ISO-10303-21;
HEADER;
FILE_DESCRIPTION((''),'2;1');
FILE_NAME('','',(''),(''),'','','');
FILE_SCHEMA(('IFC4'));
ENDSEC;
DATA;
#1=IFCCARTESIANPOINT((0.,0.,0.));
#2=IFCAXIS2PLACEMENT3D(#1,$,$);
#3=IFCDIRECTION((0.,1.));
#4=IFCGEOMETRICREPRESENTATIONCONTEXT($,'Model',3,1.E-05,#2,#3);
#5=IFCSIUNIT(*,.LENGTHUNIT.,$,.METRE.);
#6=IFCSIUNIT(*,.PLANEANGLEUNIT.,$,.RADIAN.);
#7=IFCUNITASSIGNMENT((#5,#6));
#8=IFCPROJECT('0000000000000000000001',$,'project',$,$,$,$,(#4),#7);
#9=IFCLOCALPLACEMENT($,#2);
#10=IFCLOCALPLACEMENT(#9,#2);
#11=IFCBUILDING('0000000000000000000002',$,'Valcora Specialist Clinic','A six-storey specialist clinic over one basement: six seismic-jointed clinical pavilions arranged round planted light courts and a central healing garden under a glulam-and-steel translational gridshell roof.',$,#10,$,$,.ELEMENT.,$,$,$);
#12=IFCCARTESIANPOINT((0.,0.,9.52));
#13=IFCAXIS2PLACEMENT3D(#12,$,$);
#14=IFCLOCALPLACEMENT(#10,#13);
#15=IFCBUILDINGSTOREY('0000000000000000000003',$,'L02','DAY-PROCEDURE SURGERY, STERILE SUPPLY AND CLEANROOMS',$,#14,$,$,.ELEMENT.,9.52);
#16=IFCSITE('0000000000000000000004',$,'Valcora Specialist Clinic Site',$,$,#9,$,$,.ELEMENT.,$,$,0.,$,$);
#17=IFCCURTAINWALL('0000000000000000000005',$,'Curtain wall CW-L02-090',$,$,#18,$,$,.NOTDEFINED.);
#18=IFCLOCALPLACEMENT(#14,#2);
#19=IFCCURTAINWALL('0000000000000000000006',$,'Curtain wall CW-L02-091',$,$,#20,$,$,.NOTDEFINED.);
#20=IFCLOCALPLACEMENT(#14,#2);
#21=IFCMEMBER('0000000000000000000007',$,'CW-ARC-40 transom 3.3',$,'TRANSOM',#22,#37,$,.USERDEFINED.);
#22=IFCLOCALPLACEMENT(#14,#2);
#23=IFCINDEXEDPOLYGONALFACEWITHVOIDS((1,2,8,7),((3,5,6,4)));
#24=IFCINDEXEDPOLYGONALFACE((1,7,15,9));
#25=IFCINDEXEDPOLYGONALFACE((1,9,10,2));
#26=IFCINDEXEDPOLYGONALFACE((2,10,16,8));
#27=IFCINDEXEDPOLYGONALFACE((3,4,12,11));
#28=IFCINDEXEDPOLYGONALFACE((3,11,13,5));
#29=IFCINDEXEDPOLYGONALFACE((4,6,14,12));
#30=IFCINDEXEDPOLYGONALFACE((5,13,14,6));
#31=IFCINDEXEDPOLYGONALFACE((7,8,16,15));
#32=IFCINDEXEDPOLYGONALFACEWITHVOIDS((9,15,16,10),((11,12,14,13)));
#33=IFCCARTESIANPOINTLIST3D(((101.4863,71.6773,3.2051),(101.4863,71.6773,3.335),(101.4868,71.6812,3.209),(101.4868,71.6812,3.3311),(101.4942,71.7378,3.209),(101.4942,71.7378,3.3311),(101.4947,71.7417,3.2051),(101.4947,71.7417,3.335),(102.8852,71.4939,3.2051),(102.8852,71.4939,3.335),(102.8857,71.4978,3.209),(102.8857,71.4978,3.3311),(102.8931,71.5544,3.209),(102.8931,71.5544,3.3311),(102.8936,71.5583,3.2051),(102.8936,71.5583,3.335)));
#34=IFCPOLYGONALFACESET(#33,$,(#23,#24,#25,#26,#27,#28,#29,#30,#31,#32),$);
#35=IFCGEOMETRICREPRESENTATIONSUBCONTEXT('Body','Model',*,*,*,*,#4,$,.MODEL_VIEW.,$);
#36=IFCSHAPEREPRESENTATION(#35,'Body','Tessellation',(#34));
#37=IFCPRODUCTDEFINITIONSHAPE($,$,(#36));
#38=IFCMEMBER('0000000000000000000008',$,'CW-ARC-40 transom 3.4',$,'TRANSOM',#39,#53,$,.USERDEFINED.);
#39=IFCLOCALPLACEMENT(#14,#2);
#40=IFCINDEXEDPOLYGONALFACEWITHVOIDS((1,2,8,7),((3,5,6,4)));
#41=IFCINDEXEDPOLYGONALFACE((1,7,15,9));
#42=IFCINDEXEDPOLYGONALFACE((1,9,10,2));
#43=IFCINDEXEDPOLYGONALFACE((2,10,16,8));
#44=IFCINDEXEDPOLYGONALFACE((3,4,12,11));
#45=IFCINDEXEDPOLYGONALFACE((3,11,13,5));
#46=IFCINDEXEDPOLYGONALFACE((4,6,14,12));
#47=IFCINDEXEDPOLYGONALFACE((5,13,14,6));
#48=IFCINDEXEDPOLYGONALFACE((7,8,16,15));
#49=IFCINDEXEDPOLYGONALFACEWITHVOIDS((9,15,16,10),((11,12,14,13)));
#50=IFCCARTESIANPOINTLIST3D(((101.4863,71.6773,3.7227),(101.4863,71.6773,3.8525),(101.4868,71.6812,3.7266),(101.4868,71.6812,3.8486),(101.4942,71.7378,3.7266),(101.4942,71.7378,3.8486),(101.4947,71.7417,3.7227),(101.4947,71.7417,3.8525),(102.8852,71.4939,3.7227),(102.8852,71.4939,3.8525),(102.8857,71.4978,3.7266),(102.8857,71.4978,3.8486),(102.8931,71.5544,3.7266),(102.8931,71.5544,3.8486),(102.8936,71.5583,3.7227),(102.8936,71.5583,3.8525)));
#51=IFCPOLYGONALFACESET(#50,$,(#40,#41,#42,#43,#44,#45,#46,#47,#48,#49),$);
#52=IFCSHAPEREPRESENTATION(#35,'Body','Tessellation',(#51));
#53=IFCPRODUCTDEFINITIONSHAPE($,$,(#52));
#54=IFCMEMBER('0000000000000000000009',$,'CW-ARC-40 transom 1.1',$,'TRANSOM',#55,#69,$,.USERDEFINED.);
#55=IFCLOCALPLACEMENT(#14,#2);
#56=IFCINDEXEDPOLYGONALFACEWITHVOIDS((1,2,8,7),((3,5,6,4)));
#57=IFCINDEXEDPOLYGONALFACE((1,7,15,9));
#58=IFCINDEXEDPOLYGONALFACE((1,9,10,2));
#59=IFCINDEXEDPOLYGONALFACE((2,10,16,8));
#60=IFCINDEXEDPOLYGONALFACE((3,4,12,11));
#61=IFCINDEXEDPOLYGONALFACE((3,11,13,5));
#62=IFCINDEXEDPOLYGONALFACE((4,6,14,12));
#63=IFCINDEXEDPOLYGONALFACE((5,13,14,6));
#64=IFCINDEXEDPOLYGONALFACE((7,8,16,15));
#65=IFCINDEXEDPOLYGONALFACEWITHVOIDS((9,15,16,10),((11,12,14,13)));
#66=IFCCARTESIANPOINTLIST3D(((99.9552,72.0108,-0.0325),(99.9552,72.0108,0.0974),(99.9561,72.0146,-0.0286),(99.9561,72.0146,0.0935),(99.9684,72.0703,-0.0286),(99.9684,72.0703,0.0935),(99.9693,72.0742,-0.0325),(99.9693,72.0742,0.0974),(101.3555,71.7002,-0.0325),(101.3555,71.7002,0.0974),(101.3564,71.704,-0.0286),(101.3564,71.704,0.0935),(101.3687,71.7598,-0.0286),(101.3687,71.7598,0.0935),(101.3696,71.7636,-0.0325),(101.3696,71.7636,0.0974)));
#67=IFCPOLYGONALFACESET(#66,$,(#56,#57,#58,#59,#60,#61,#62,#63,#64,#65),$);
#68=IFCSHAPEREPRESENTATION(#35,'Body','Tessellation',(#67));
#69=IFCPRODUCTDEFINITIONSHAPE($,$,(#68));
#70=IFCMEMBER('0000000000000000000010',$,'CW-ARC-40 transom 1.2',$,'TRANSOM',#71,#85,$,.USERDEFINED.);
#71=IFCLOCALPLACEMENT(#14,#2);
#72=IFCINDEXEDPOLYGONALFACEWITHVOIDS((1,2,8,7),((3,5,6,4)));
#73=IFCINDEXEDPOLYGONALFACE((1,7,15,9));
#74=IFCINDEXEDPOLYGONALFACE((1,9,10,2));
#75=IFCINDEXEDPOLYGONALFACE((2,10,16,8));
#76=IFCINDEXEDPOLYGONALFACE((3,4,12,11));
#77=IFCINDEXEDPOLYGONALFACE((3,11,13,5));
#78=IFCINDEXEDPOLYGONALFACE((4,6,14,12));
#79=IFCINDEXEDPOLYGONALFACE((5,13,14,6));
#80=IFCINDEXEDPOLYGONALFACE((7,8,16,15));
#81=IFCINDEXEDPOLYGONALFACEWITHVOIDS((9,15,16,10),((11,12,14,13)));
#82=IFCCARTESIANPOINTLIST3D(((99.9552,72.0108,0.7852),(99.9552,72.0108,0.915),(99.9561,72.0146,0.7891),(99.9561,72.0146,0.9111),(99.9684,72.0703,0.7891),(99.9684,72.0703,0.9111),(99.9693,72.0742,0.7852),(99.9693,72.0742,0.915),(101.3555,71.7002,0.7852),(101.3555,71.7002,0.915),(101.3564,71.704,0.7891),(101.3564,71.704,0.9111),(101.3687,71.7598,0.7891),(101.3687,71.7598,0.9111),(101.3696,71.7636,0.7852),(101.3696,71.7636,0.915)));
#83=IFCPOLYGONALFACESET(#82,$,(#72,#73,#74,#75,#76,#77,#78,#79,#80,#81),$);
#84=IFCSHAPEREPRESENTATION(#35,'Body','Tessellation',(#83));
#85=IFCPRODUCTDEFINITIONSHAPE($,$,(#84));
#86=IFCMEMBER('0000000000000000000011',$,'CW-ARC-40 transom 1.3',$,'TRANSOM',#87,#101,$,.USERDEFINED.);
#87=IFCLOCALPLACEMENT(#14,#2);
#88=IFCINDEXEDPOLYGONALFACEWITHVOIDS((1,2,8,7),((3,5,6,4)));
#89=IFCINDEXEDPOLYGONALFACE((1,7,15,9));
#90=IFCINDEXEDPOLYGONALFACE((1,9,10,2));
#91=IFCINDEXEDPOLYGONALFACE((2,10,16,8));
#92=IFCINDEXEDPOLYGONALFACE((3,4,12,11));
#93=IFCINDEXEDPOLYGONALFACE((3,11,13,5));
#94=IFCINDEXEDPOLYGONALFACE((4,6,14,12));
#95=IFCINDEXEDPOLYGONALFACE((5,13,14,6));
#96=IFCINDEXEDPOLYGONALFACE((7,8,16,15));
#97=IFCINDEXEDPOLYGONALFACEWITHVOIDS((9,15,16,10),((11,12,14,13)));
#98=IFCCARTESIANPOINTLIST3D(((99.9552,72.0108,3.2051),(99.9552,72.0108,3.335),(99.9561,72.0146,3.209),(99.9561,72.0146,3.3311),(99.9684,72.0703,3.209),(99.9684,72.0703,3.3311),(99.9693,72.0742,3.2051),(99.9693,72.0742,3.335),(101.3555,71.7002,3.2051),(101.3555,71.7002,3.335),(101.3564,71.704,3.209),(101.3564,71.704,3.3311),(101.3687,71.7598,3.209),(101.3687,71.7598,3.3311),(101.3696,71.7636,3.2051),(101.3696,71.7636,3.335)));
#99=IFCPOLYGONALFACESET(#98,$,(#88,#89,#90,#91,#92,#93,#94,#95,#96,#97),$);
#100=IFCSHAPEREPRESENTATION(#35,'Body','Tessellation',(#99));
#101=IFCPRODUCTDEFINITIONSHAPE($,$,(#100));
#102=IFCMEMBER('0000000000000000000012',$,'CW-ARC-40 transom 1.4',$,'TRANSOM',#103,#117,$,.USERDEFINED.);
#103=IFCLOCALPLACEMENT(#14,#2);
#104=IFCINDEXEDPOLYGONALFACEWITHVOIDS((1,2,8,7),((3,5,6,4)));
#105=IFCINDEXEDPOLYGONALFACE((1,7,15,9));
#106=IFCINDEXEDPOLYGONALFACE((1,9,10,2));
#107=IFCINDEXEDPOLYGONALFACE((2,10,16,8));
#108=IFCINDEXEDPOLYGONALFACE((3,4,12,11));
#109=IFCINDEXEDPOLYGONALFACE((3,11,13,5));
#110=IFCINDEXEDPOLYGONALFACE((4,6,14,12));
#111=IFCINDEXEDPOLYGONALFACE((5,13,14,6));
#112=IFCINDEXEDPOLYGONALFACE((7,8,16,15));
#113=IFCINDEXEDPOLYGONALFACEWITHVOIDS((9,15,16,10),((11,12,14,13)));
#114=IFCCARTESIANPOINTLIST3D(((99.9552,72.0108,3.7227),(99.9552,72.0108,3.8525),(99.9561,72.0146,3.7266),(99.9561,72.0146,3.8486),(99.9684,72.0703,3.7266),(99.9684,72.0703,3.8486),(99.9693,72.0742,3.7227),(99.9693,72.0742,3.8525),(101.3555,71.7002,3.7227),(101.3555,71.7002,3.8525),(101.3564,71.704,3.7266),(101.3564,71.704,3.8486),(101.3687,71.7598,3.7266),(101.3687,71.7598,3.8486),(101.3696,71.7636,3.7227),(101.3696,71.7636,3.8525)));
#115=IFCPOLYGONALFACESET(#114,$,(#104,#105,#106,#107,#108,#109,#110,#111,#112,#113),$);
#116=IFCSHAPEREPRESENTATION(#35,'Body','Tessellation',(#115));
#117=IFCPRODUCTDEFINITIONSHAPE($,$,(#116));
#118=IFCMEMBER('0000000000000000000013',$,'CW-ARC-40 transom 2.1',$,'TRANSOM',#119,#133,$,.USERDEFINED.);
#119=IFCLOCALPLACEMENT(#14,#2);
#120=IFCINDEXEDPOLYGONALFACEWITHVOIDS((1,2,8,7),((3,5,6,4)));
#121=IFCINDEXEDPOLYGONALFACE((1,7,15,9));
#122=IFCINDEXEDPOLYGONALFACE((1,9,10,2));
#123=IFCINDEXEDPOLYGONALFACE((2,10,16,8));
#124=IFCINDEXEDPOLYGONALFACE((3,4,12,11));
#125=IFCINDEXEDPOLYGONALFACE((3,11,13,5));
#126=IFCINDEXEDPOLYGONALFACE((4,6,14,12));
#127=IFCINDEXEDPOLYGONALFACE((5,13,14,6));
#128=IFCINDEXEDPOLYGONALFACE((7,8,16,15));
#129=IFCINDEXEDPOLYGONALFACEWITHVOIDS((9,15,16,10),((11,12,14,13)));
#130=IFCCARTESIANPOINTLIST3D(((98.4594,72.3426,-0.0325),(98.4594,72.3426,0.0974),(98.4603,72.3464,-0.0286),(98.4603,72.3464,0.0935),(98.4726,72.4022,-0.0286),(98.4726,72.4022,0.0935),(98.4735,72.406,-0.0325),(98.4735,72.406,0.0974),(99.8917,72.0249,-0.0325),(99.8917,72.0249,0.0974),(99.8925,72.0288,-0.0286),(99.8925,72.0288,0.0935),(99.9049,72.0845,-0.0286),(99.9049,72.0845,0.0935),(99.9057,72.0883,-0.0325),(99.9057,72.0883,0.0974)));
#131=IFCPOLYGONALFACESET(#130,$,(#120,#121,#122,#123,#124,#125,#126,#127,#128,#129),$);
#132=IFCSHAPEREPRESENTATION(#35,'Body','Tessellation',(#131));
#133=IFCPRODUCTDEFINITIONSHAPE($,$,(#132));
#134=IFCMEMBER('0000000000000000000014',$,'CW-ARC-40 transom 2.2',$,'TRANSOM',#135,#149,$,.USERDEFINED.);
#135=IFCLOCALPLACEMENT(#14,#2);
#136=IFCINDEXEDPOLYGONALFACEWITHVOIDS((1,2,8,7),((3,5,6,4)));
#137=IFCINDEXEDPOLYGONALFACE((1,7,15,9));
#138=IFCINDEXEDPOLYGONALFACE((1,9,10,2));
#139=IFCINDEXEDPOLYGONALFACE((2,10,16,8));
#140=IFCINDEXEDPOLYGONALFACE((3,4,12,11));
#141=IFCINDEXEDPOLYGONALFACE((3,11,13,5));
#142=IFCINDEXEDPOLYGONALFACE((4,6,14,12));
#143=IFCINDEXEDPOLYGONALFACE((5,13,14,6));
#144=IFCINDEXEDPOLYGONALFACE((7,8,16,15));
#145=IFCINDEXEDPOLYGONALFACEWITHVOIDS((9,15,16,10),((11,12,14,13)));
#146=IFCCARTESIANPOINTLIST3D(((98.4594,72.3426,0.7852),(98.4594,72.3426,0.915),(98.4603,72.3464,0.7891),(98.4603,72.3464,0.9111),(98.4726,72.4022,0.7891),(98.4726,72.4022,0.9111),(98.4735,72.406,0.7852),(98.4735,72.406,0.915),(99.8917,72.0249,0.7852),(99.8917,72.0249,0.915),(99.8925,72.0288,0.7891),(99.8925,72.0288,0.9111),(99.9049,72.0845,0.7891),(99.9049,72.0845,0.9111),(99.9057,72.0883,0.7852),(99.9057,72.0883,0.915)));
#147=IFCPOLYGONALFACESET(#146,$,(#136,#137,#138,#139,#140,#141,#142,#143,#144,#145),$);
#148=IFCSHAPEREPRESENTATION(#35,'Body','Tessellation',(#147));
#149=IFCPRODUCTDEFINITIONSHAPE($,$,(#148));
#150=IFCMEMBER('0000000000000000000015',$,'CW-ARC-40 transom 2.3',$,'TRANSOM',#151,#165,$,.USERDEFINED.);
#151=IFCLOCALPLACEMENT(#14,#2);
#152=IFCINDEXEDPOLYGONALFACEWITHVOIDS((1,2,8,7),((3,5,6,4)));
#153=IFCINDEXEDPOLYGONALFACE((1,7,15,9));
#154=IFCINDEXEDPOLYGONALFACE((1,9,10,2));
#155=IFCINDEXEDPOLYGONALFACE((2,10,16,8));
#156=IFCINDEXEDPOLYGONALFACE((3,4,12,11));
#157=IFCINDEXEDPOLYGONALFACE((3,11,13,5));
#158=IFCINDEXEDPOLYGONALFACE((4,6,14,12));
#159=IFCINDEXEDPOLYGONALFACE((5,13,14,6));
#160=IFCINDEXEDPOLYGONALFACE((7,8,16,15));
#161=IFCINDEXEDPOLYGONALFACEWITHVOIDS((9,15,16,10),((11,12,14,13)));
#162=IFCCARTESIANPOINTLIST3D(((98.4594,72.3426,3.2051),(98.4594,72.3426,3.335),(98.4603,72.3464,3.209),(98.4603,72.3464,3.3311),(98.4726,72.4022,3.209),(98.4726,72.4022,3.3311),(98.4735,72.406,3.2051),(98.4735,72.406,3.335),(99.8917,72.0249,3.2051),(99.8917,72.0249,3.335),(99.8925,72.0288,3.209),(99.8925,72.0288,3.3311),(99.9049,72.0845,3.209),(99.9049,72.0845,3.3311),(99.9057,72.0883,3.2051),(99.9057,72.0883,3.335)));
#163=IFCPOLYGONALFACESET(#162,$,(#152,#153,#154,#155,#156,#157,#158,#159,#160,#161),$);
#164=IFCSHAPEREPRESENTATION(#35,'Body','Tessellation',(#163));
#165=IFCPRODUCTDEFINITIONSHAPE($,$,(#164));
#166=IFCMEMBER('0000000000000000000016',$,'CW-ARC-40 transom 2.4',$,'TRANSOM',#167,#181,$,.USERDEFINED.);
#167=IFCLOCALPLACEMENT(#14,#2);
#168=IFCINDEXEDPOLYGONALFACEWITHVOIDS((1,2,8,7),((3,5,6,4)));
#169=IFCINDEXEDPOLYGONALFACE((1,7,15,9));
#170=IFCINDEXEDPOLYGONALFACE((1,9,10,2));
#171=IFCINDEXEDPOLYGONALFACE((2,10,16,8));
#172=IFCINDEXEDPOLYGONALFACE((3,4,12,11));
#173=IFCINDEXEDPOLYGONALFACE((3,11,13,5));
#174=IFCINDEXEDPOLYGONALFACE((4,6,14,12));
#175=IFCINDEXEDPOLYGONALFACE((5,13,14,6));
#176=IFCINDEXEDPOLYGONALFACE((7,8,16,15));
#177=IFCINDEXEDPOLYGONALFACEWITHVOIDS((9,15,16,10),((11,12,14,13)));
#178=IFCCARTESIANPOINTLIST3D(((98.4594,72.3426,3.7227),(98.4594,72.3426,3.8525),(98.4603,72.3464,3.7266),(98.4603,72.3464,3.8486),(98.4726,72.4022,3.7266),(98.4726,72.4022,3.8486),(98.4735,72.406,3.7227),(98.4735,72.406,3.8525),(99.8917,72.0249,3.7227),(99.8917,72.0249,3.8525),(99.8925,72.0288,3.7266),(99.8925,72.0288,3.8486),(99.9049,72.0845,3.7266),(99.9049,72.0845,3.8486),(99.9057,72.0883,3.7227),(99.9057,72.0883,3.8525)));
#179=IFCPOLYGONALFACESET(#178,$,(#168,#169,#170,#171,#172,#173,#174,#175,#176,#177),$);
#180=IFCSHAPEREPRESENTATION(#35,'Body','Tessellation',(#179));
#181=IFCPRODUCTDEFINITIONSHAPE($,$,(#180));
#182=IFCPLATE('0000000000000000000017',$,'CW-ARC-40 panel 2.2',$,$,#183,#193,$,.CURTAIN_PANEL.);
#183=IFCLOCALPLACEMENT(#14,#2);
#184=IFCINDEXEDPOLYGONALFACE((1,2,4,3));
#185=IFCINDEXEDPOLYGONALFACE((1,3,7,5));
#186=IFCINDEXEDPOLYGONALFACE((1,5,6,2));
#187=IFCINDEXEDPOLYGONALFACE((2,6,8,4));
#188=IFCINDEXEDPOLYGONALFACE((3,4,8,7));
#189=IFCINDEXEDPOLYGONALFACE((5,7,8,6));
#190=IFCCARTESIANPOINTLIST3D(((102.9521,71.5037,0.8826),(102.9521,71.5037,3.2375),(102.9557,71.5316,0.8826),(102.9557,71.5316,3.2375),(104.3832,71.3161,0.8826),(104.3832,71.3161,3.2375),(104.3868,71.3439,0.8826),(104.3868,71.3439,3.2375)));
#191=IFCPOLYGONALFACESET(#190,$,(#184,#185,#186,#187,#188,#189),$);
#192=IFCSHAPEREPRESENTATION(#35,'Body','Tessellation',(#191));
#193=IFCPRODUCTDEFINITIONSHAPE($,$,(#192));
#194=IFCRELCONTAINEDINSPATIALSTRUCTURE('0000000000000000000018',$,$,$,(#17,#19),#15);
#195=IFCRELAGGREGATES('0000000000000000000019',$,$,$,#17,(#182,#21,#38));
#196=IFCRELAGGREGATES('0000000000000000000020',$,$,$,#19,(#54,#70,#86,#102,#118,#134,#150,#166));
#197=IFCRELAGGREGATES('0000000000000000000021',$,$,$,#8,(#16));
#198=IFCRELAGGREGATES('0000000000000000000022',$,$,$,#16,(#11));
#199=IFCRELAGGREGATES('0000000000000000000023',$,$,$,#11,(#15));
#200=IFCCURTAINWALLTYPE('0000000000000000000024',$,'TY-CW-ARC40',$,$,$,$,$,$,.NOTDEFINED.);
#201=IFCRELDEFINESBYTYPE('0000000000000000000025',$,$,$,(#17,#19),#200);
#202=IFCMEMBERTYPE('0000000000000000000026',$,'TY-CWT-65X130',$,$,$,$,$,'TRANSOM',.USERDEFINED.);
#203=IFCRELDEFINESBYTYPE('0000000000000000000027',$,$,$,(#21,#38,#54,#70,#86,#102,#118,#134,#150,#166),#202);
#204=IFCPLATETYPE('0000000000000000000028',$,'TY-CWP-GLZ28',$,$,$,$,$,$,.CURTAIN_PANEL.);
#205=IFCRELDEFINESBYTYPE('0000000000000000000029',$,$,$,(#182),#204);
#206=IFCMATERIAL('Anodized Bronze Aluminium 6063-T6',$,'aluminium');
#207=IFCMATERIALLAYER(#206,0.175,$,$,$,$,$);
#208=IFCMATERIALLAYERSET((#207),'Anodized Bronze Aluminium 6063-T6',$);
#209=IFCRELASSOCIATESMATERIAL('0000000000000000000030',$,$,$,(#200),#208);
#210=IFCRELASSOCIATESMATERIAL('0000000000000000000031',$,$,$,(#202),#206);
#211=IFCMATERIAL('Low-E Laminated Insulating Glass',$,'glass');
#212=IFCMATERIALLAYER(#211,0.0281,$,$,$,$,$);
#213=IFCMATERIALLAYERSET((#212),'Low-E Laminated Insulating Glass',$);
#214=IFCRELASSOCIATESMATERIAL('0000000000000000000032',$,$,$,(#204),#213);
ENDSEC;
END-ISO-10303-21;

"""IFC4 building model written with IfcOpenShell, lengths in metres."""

from ifc_helpers import new_model, si_unit, direction, frame, origin, origin_2d, place, context, subcontext, project, spatial, rectangle, hollow_rectangle, extrude, material, layer, layer_set, material_profile, profile_set, type_object, element, aggregate, save


model = new_model("IFC4")

# Units and contexts
model_context = context("Model", 3, precision=1e-05, world=origin(), true_north=direction((0.0, 1.0)))
body_context = subcontext(model_context, "Body", "Model", "MODEL_VIEW")
ifc_project = project(units=[si_unit("LENGTHUNIT", "METRE"), si_unit("PLANEANGLEUNIT", "RADIAN")], contexts=[model_context])

# Site, building, storey
site_placement = place(None, origin())
site = spatial("IfcSite", under=ifc_project, at=site_placement, Name="Valcora Specialist Clinic Site", CompositionType="ELEMENT", RefElevation=0.0)
building_placement = place(site_placement, origin())
building = spatial("IfcBuilding", under=site, at=building_placement, Name="Valcora Specialist Clinic", Description="A six-storey specialist clinic over one basement: six seismic-jointed clinical pavilions arranged round planted light courts and a central healing garden under a glulam-and-steel translational gridshell roof.", CompositionType="ELEMENT")
storey_placement = place(building_placement, frame((0.0, 0.0, 9.52)))
storey = spatial("IfcBuildingStorey", under=building, at=storey_placement, Name="L02", Description="DAY-PROCEDURE SURGERY, STERILE SUPPLY AND CLEANROOMS", CompositionType="ELEMENT", Elevation=9.52)

# Curtain walls
ifc_material_1 = material(Name="Anodized Bronze Aluminium 6063-T6", Category="aluminium")
ifc_layer_1 = layer(ifc_material_1, 0.175)
ifc_layer_set_1 = layer_set([ifc_layer_1], Name="Anodized Bronze Aluminium 6063-T6")
curtain_wall_type = type_object("IfcCurtainWallType", Name="TY-CW-ARC40", PredefinedType="NOTDEFINED", material=ifc_layer_set_1)
curtain_wall_1_placement = place(storey_placement, origin())
curtain_wall_1 = element("IfcCurtainWall", 1, at=curtain_wall_1_placement, inside=storey, type_object=curtain_wall_type, Name="Curtain wall CW-L02-090", PredefinedType="NOTDEFINED")
curtain_wall_2_placement = place(storey_placement, origin())
curtain_wall_2 = element("IfcCurtainWall", 2, at=curtain_wall_2_placement, inside=storey, type_object=curtain_wall_type, Name="Curtain wall CW-L02-091", PredefinedType="NOTDEFINED")

# Members
ifc_material_profile_1 = material_profile(ifc_material_1, hollow_rectangle(XDim=0.0649, YDim=0.1299, WallThickness=0.0039, at=origin_2d()), Name="AL-TRN-65X130")
ifc_profile_set_1 = profile_set([ifc_material_profile_1], Name="Anodized Bronze Aluminium 6063-T6")
member_type_1 = type_object("IfcMemberType", Name="TY-CWT-65X130", ElementType="TRANSOM", PredefinedType="USERDEFINED", material=ifc_profile_set_1)
member_1_placement = place(storey_placement, frame((102.8894, 71.5261, 3.27), z_axis=(-0.99152, 0.129953, 0.0), x_axis=(-0.129953, -0.99152, 0.0)))
member_1 = element("IfcMember", 3, at=member_1_placement, type_object=member_type_1, Name="CW-ARC-40 transom 3.3", ObjectType="TRANSOM", PredefinedType="USERDEFINED", context=body_context, shape_type="SweptSolid", body=[
    extrude(hollow_rectangle(XDim=0.0649, YDim=0.1299, WallThickness=0.0039, at=origin_2d()), origin(), (0.0, 0.0, 1.0), 1.4109),
])
member_2_placement = place(storey_placement, frame((102.8894, 71.5261, 3.7876), z_axis=(-0.99152, 0.129953, 0.0), x_axis=(-0.129953, -0.99152, 0.0)))
member_2 = element("IfcMember", 4, at=member_2_placement, type_object=member_type_1, Name="CW-ARC-40 transom 3.4", ObjectType="TRANSOM", PredefinedType="USERDEFINED", context=body_context, shape_type="SweptSolid", body=[
    extrude(hollow_rectangle(XDim=0.0649, YDim=0.1299, WallThickness=0.0039, at=origin_2d()), origin(), (0.0, 0.0, 1.0), 1.4109),
])
member_3_placement = place(storey_placement, frame((101.3625, 71.7319, 0.0325), z_axis=(-0.976283, 0.216498, 0.0), x_axis=(-0.216498, -0.976283, 0.0)))
member_3 = element("IfcMember", 5, at=member_3_placement, type_object=member_type_1, Name="CW-ARC-40 transom 1.1", ObjectType="TRANSOM", PredefinedType="USERDEFINED", context=body_context, shape_type="SweptSolid", body=[
    extrude(hollow_rectangle(XDim=0.0649, YDim=0.1299, WallThickness=0.0039, at=origin_2d()), origin(), (0.0, 0.0, 1.0), 1.4343),
])
member_4_placement = place(storey_placement, frame((101.3625, 71.7319, 0.8501), z_axis=(-0.976283, 0.216498, 0.0), x_axis=(-0.216498, -0.976283, 0.0)))
member_4 = element("IfcMember", 6, at=member_4_placement, type_object=member_type_1, Name="CW-ARC-40 transom 1.2", ObjectType="TRANSOM", PredefinedType="USERDEFINED", context=body_context, shape_type="SweptSolid", body=[
    extrude(hollow_rectangle(XDim=0.0649, YDim=0.1299, WallThickness=0.0039, at=origin_2d()), origin(), (0.0, 0.0, 1.0), 1.4343),
])
member_5_placement = place(storey_placement, frame((101.3625, 71.7319, 3.27), z_axis=(-0.976283, 0.216498, 0.0), x_axis=(-0.216498, -0.976283, 0.0)))
member_5 = element("IfcMember", 7, at=member_5_placement, type_object=member_type_1, Name="CW-ARC-40 transom 1.3", ObjectType="TRANSOM", PredefinedType="USERDEFINED", context=body_context, shape_type="SweptSolid", body=[
    extrude(hollow_rectangle(XDim=0.0649, YDim=0.1299, WallThickness=0.0039, at=origin_2d()), origin(), (0.0, 0.0, 1.0), 1.4343),
])
member_6_placement = place(storey_placement, frame((101.3625, 71.7319, 3.7876), z_axis=(-0.976283, 0.216498, 0.0), x_axis=(-0.216498, -0.976283, 0.0)))
member_6 = element("IfcMember", 8, at=member_6_placement, type_object=member_type_1, Name="CW-ARC-40 transom 1.4", ObjectType="TRANSOM", PredefinedType="USERDEFINED", context=body_context, shape_type="SweptSolid", body=[
    extrude(hollow_rectangle(XDim=0.0649, YDim=0.1299, WallThickness=0.0039, at=origin_2d()), origin(), (0.0, 0.0, 1.0), 1.4343),
])
member_7_placement = place(storey_placement, frame((99.8987, 72.0566, 0.0325), z_axis=(-0.976277, 0.216525, 0.0), x_axis=(-0.216525, -0.976277, 0.0)))
member_7 = element("IfcMember", 9, at=member_7_placement, type_object=member_type_1, Name="CW-ARC-40 transom 2.1", ObjectType="TRANSOM", PredefinedType="USERDEFINED", context=body_context, shape_type="SweptSolid", body=[
    extrude(hollow_rectangle(XDim=0.0649, YDim=0.1299, WallThickness=0.0039, at=origin_2d()), origin(), (0.0, 0.0, 1.0), 1.467),
])
member_8_placement = place(storey_placement, frame((99.8987, 72.0566, 0.8501), z_axis=(-0.976277, 0.216525, 0.0), x_axis=(-0.216525, -0.976277, 0.0)))
member_8 = element("IfcMember", 10, at=member_8_placement, type_object=member_type_1, Name="CW-ARC-40 transom 2.2", ObjectType="TRANSOM", PredefinedType="USERDEFINED", context=body_context, shape_type="SweptSolid", body=[
    extrude(hollow_rectangle(XDim=0.0649, YDim=0.1299, WallThickness=0.0039, at=origin_2d()), origin(), (0.0, 0.0, 1.0), 1.467),
])
member_9_placement = place(storey_placement, frame((99.8987, 72.0566, 3.27), z_axis=(-0.976277, 0.216525, 0.0), x_axis=(-0.216525, -0.976277, 0.0)))
member_9 = element("IfcMember", 11, at=member_9_placement, type_object=member_type_1, Name="CW-ARC-40 transom 2.3", ObjectType="TRANSOM", PredefinedType="USERDEFINED", context=body_context, shape_type="SweptSolid", body=[
    extrude(hollow_rectangle(XDim=0.0649, YDim=0.1299, WallThickness=0.0039, at=origin_2d()), origin(), (0.0, 0.0, 1.0), 1.467),
])
member_10_placement = place(storey_placement, frame((99.8987, 72.0566, 3.7876), z_axis=(-0.976277, 0.216525, 0.0), x_axis=(-0.216525, -0.976277, 0.0)))
member_10 = element("IfcMember", 12, at=member_10_placement, type_object=member_type_1, Name="CW-ARC-40 transom 2.4", ObjectType="TRANSOM", PredefinedType="USERDEFINED", context=body_context, shape_type="SweptSolid", body=[
    extrude(hollow_rectangle(XDim=0.0649, YDim=0.1299, WallThickness=0.0039, at=origin_2d()), origin(), (0.0, 0.0, 1.0), 1.467),
])

# Plate
ifc_material_2 = material(Name="Low-E Laminated Insulating Glass", Category="glass")
ifc_layer_2 = layer(ifc_material_2, 0.0281)
ifc_layer_set_2 = layer_set([ifc_layer_2], Name="Low-E Laminated Insulating Glass")
plate_type_1 = type_object("IfcPlateType", Name="TY-CWP-GLZ28", PredefinedType="CURTAIN_PANEL", material=ifc_layer_set_2)
plate_1_placement = place(storey_placement, frame((103.6694, 71.4238, 0.8826), z_axis=(0.0, 0.0, 1.0), x_axis=(-0.991514, 0.129999, 0.0)))
plate_1 = element("IfcPlate", 13, at=plate_1_placement, type_object=plate_type_1, Name="CW-ARC-40 panel 2.2", PredefinedType="CURTAIN_PANEL", context=body_context, shape_type="SweptSolid", body=[
    extrude(rectangle(XDim=1.4434, YDim=0.0281, at=origin_2d()), origin(), (0.0, 0.0, 1.0), 2.355),
])
aggregate(curtain_wall_1, [plate_1, member_1, member_2])
aggregate(curtain_wall_2, [member_3, member_4, member_5, member_6, member_7, member_8, member_9, member_10])

save(model, "model.ifc")
